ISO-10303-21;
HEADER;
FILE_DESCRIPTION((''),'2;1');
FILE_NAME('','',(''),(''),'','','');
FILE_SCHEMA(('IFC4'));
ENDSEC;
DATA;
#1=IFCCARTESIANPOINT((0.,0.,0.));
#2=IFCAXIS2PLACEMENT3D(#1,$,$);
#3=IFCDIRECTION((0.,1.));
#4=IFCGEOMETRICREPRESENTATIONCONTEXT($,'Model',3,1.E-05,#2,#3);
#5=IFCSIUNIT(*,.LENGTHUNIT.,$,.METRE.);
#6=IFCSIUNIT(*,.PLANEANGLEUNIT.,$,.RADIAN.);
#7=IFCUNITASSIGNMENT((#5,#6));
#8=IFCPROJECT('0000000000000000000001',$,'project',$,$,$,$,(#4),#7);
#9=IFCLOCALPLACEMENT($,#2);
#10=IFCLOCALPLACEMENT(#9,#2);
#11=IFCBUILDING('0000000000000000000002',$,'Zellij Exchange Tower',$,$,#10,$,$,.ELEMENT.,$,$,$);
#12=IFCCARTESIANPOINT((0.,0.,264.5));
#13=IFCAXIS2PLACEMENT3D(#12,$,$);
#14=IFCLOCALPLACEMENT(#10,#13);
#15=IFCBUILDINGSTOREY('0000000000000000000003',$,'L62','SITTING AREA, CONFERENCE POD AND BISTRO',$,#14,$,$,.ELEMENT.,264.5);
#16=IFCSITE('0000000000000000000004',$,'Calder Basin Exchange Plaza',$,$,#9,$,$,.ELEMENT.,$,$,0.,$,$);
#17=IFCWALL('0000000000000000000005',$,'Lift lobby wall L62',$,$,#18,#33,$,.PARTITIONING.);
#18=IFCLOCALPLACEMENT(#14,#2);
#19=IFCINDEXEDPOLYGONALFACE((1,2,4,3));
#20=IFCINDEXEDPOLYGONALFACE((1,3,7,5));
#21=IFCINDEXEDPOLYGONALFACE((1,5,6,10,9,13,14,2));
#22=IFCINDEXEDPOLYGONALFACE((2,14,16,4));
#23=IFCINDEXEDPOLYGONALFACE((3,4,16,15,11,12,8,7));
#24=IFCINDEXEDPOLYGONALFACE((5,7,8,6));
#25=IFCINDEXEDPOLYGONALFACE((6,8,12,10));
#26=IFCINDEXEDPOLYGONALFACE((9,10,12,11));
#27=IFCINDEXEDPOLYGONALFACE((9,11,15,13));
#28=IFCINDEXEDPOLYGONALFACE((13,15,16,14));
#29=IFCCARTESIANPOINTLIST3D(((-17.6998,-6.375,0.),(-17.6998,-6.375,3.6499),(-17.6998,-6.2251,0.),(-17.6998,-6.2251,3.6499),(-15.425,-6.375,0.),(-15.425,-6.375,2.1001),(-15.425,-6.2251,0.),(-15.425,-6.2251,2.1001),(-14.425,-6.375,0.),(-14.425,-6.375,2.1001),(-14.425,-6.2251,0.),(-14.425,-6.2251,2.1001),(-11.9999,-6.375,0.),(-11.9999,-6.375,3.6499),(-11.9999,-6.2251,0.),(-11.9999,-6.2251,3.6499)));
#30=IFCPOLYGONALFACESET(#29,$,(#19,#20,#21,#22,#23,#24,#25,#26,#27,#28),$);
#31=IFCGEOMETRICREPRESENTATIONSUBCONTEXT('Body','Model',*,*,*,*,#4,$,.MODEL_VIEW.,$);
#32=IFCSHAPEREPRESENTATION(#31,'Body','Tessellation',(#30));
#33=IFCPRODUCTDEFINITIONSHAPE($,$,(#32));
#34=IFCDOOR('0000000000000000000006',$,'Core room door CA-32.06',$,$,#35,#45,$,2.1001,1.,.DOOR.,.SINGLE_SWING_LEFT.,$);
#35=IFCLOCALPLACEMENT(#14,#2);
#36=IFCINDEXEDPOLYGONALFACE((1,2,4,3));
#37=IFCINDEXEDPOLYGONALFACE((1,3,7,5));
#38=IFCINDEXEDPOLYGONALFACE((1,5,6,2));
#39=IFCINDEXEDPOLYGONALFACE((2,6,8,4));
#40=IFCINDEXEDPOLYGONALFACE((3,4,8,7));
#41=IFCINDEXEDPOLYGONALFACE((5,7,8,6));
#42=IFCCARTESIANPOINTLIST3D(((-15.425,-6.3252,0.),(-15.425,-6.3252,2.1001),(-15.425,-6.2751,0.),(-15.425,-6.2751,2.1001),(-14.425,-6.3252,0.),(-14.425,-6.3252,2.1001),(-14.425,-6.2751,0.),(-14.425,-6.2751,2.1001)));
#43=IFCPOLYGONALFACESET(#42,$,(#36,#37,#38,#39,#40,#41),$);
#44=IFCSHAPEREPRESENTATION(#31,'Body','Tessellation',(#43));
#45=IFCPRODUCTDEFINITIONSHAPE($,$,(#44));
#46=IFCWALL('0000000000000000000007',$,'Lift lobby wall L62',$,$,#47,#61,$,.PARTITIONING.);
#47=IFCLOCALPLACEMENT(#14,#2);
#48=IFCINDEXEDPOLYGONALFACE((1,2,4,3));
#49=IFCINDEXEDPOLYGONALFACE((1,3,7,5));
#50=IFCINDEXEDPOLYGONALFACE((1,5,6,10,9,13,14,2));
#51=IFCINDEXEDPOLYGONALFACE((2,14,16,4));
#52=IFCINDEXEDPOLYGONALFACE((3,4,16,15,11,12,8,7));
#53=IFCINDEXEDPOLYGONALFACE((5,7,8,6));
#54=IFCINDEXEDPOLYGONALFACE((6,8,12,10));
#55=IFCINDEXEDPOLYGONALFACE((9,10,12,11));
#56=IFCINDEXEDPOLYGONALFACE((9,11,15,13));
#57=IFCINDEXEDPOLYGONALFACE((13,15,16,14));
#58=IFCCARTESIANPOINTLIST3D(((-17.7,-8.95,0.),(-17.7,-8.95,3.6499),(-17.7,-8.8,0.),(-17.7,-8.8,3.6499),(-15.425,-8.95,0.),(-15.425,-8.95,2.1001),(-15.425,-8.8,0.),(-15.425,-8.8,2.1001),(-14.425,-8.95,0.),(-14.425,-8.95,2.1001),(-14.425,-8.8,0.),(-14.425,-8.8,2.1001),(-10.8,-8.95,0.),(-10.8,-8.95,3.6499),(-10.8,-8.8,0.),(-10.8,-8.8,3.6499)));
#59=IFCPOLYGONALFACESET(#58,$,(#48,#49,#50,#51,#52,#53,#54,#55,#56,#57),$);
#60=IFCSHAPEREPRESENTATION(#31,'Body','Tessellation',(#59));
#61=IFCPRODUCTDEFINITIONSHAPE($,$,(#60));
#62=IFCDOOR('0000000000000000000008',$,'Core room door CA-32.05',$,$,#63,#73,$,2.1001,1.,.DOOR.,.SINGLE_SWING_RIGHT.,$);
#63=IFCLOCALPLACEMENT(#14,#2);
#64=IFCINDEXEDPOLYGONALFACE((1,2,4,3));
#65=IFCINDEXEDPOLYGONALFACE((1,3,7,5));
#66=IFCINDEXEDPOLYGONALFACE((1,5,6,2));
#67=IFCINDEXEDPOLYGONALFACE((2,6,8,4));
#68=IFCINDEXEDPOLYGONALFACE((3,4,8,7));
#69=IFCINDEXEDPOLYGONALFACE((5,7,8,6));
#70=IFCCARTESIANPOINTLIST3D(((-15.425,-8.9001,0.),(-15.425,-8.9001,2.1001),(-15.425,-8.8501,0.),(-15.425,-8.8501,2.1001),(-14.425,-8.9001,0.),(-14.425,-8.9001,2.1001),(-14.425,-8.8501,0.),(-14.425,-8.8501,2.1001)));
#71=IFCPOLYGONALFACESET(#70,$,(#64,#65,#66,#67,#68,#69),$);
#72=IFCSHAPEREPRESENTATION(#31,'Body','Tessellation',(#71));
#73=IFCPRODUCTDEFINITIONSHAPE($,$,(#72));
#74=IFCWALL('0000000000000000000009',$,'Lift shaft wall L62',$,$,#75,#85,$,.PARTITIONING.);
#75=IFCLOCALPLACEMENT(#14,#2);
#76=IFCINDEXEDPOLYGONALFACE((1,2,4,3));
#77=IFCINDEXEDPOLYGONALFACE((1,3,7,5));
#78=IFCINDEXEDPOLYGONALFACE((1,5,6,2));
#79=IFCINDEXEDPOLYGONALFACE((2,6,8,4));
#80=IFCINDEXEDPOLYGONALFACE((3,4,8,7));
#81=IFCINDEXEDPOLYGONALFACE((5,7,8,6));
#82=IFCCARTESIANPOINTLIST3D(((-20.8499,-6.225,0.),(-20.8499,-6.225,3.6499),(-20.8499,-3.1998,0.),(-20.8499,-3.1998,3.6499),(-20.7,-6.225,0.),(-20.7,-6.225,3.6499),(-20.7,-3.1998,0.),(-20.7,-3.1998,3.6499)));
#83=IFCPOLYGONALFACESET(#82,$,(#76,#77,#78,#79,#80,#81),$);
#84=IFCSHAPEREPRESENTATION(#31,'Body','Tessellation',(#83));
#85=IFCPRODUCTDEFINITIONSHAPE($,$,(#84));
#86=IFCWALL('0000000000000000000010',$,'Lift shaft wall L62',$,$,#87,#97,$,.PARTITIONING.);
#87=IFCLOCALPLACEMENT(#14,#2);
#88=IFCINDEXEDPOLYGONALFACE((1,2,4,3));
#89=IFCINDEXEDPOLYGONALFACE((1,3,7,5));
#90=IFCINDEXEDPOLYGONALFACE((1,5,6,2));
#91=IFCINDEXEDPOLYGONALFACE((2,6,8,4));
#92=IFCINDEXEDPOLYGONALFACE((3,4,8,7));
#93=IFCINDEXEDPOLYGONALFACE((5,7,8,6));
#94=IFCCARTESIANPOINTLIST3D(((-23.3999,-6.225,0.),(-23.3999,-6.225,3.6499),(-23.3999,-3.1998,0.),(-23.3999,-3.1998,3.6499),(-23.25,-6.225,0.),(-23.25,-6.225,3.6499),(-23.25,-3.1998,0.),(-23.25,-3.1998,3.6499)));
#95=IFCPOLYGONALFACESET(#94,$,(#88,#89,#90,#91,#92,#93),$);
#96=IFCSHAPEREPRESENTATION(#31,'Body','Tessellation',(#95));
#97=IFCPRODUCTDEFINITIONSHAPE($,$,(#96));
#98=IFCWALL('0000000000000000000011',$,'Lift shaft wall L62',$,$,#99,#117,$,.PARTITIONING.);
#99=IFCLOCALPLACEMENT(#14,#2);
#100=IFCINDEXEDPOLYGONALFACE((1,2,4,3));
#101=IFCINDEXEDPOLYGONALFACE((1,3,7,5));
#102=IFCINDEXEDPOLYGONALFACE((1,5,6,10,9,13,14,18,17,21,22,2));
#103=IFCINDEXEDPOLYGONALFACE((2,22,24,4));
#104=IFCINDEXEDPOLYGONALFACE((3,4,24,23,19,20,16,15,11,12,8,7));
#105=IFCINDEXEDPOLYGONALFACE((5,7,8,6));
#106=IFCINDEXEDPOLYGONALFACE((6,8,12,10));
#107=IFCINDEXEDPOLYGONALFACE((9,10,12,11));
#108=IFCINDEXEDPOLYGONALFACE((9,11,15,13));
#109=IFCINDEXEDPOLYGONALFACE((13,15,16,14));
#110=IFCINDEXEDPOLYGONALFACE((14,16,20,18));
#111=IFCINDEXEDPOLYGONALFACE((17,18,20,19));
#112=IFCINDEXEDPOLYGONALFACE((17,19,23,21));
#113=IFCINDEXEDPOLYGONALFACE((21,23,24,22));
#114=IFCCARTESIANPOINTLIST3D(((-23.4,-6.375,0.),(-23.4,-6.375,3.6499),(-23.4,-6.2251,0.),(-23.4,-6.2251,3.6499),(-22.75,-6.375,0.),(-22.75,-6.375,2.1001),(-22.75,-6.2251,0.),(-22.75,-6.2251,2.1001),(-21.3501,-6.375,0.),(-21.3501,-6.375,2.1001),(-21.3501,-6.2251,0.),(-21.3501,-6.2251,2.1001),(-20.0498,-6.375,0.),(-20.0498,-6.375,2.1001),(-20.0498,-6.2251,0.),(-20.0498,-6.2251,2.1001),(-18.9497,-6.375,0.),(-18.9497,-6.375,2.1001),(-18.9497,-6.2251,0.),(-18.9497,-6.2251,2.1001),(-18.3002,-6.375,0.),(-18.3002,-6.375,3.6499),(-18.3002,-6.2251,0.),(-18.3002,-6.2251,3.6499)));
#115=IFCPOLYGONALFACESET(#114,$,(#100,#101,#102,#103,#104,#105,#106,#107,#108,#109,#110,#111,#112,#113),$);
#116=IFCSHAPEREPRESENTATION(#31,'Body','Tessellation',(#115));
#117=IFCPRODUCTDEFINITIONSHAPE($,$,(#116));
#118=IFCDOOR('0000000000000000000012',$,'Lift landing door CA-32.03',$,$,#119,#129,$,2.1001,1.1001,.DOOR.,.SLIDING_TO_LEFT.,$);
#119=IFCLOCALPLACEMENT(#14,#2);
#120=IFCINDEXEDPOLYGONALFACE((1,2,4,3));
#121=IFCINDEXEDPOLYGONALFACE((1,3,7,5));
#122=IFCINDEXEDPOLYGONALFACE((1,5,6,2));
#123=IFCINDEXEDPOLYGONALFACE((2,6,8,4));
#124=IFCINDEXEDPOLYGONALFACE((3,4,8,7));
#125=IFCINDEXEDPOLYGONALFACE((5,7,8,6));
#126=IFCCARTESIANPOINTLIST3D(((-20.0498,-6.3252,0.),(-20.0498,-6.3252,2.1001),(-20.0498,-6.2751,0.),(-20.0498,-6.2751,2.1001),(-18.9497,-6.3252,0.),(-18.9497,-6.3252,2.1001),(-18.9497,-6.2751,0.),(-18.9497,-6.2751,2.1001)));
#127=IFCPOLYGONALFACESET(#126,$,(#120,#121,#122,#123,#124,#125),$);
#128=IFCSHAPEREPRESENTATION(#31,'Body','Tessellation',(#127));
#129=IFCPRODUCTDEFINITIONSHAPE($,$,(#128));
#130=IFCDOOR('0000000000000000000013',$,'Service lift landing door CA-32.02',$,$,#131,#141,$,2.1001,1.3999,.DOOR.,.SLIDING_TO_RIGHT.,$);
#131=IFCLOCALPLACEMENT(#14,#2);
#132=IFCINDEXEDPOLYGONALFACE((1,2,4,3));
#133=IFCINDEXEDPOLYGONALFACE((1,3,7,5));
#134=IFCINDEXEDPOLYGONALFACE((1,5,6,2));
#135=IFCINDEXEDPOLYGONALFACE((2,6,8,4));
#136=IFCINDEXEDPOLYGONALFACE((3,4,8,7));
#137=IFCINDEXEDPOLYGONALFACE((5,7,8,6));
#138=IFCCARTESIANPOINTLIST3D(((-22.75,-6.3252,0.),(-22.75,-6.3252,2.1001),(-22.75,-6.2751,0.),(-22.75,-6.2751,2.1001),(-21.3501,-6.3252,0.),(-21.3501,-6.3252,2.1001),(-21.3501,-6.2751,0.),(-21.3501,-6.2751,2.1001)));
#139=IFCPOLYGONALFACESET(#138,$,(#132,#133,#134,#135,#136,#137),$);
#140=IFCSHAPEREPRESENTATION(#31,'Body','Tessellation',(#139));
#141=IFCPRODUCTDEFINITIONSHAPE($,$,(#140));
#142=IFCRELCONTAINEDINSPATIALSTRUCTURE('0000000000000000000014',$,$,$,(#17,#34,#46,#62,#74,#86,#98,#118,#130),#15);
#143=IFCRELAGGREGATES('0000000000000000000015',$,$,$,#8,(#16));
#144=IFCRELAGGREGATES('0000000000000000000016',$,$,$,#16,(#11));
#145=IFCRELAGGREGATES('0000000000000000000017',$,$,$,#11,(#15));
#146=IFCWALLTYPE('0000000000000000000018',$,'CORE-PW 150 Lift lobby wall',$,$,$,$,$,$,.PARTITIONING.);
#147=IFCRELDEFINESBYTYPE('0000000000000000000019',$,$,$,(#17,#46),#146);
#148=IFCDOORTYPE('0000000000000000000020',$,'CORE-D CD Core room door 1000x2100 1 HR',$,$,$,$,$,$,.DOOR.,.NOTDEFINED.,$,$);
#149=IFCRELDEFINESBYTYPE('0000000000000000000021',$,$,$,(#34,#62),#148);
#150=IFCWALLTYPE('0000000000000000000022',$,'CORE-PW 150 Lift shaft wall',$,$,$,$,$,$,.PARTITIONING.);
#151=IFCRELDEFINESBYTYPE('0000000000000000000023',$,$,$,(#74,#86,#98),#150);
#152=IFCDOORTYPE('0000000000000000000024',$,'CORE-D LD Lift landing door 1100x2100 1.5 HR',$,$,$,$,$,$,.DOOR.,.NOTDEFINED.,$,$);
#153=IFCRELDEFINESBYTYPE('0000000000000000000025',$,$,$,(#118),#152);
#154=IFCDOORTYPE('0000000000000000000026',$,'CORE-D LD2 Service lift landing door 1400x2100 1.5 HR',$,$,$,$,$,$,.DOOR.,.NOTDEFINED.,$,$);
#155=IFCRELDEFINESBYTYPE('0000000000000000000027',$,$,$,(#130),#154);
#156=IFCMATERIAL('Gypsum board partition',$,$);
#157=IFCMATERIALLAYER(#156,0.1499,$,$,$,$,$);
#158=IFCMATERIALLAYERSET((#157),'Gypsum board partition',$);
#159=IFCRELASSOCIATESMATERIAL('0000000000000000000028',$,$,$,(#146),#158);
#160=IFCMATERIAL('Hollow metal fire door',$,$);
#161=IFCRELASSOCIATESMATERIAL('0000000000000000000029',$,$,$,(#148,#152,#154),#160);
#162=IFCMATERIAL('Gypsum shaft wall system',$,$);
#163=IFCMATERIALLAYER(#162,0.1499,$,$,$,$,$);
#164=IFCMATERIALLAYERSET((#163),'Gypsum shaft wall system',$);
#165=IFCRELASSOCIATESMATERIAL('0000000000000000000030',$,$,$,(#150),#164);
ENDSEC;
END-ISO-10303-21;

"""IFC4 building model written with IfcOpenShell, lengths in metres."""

from ifc_helpers import new_model, si_unit, direction, frame, frame_2d, origin, place, context, subcontext, project, spatial, rectangle, extrude, material, layer, layer_set, type_object, element, fill, save


model = new_model("IFC4")

# Units and contexts
model_context = context("Model", 3, precision=1e-05, world=origin(), true_north=direction((0.0, 1.0)))
body_context = subcontext(model_context, "Body", "Model", "MODEL_VIEW")
ifc_project = project(units=[si_unit("LENGTHUNIT", "METRE"), si_unit("PLANEANGLEUNIT", "RADIAN")], contexts=[model_context])

# Site, building, storey
site_placement = place(None, origin())
site = spatial("IfcSite", under=ifc_project, at=site_placement, Name="Calder Basin Exchange Plaza", CompositionType="ELEMENT", RefElevation=0.0)
building_placement = place(site_placement, origin())
building = spatial("IfcBuilding", under=site, at=building_placement, Name="Zellij Exchange Tower", CompositionType="ELEMENT")
storey_placement = place(building_placement, frame((0.0, 0.0, 264.5)))
storey = spatial("IfcBuildingStorey", under=building, at=storey_placement, Name="L62", Description="SITTING AREA, CONFERENCE POD AND BISTRO", CompositionType="ELEMENT", Elevation=264.5)

# Walls, openings, doors
ifc_material_1 = material(Name="Gypsum board partition")
ifc_layer_1 = layer(ifc_material_1, 0.1499)
ifc_layer_set_1 = layer_set([ifc_layer_1], Name="Gypsum board partition")
wall_type_1 = type_object("IfcWallType", Name="CORE-PW 150 Lift lobby wall", PredefinedType="PARTITIONING", material=ifc_layer_set_1)
wall_1_placement = place(storey_placement, frame((-17.7, -6.3, 0.0), z_axis=(0.0, 0.0, 1.0), x_axis=(1.0, 0.0, 0.0)))
wall_1 = element("IfcWall", 1, at=wall_1_placement, inside=storey, type_object=wall_type_1, Name="Lift lobby wall L62", PredefinedType="PARTITIONING", context=body_context, shape_type="SweptSolid", body=[
    extrude(rectangle(XDim=5.7, YDim=0.1499, at=frame_2d((2.8501, 0.0))), origin(), (0.0, 0.0, 1.0), 3.6499),
])
opening_1_placement = place(wall_1_placement, frame((2.2749, 0.0, 0.0)))
opening_1 = element("IfcOpeningElement", 2, at=opening_1_placement, cuts=wall_1, PredefinedType="OPENING", context=body_context, shape_type="SweptSolid", body=[
    extrude(rectangle(XDim=1.0, YDim=2.1001, at=frame_2d((0.5, 1.05))), frame((0.0, 0.0869, 0.0), z_axis=(0.0, -1.0, 0.0), x_axis=(1.0, 0.0, 0.0)), (0.0, 0.0, 1.0), 0.1738),
])
ifc_material_2 = material(Name="Hollow metal fire door")
door_type_1 = type_object("IfcDoorType", Name="CORE-D CD Core room door 1000x2100 1 HR", OperationType="NOTDEFINED", PredefinedType="DOOR", material=ifc_material_2)
door_1_placement = place(opening_1_placement, origin())
door_1 = element("IfcDoor", 3, at=door_1_placement, inside=storey, type_object=door_type_1, Name="Core room door CA-32.06", OperationType="SINGLE_SWING_LEFT", OverallHeight=2.1001, OverallWidth=1.0, PredefinedType="DOOR", context=body_context, shape_type="SweptSolid", body=[
    extrude(rectangle(XDim=1.0, YDim=2.1001, at=frame_2d((0.5, 1.05))), frame((0.0, 0.0249, 0.0), z_axis=(0.0, -1.0, 0.0), x_axis=(1.0, 0.0, 0.0)), (0.0, 0.0, 1.0), 0.05),
])
fill(opening_1, door_1)
wall_2_placement = place(storey_placement, frame((-17.7, -8.875, 0.0), z_axis=(0.0, 0.0, 1.0), x_axis=(1.0, 0.0, 0.0)))
wall_2 = element("IfcWall", 4, at=wall_2_placement, inside=storey, type_object=wall_type_1, Name="Lift lobby wall L62", PredefinedType="PARTITIONING", context=body_context, shape_type="SweptSolid", body=[
    extrude(rectangle(XDim=6.8999, YDim=0.1499, at=frame_2d((3.45, 0.0))), origin(), (0.0, 0.0, 1.0), 3.6499),
])
opening_2_placement = place(wall_2_placement, frame((2.2749, 0.0, 0.0)))
opening_2 = element("IfcOpeningElement", 5, at=opening_2_placement, cuts=wall_2, PredefinedType="OPENING", context=body_context, shape_type="SweptSolid", body=[
    extrude(rectangle(XDim=1.0, YDim=2.1001, at=frame_2d((0.5, 1.05))), frame((0.0, 0.0869, 0.0), z_axis=(0.0, -1.0, 0.0), x_axis=(1.0, 0.0, 0.0)), (0.0, 0.0, 1.0), 0.1738),
])
door_2_placement = place(opening_2_placement, origin())
door_2 = element("IfcDoor", 6, at=door_2_placement, inside=storey, type_object=door_type_1, Name="Core room door CA-32.05", OperationType="SINGLE_SWING_RIGHT", OverallHeight=2.1001, OverallWidth=1.0, PredefinedType="DOOR", context=body_context, shape_type="SweptSolid", body=[
    extrude(rectangle(XDim=1.0, YDim=2.1001, at=frame_2d((0.5, 1.05))), frame((0.0, 0.0249, 0.0), z_axis=(0.0, -1.0, 0.0), x_axis=(1.0, 0.0, 0.0)), (0.0, 0.0, 1.0), 0.05),
])
fill(opening_2, door_2)

# Walls
ifc_material_3 = material(Name="Gypsum shaft wall system")
ifc_layer_2 = layer(ifc_material_3, 0.1499)
ifc_layer_set_2 = layer_set([ifc_layer_2], Name="Gypsum shaft wall system")
wall_type_2 = type_object("IfcWallType", Name="CORE-PW 150 Lift shaft wall", PredefinedType="PARTITIONING", material=ifc_layer_set_2)
for number, where, z_axis, x_axis, name in (
    (7, (-20.7749, -6.2251, 0.0), (0.0, 0.0, 1.0), (0.0, 1.0, 0.0), "Lift shaft wall L62"),
    (8, (-23.325, -6.2251, 0.0), (0.0, 0.0, 1.0), (0.0, 1.0, 0.0), "Lift shaft wall L62"),
):
    element("IfcWall", number, at=place(storey_placement, frame(where, z_axis=z_axis, x_axis=x_axis)), inside=storey, type_object=wall_type_2, Name=name, PredefinedType="PARTITIONING", context=body_context, shape_type="SweptSolid", body=[
        extrude(rectangle(XDim=3.0251, YDim=0.1499, at=frame_2d((1.5127, 0.0))), origin(), (0.0, 0.0, 1.0), 3.6499),
    ])

# Wall, openings, doors
wall_3_placement = place(storey_placement, frame((-23.3999, -6.3, 0.0), z_axis=(0.0, 0.0, 1.0), x_axis=(1.0, 0.0, 0.0)))
wall_3 = element("IfcWall", 9, at=wall_3_placement, inside=storey, type_object=wall_type_2, Name="Lift shaft wall L62", PredefinedType="PARTITIONING", context=body_context, shape_type="SweptSolid", body=[
    extrude(rectangle(XDim=5.0999, YDim=0.1499, at=frame_2d((2.5498, 0.0))), origin(), (0.0, 0.0, 1.0), 3.6499),
])
opening_3_placement = place(wall_3_placement, frame((0.6499, 0.0, 0.0)))
opening_3 = element("IfcOpeningElement", 10, at=opening_3_placement, cuts=wall_3, PredefinedType="OPENING", context=body_context, shape_type="SweptSolid", body=[
    extrude(rectangle(XDim=1.3999, YDim=2.1001, at=frame_2d((0.7, 1.05))), frame((0.0, 0.0869, 0.0), z_axis=(0.0, -1.0, 0.0), x_axis=(1.0, 0.0, 0.0)), (0.0, 0.0, 1.0), 0.1738),
])
opening_4_placement = place(wall_3_placement, frame((3.3501, 0.0, 0.0)))
opening_4 = element("IfcOpeningElement", 11, at=opening_4_placement, cuts=wall_3, PredefinedType="OPENING", context=body_context, shape_type="SweptSolid", body=[
    extrude(rectangle(XDim=1.1001, YDim=2.1001, at=frame_2d((0.55, 1.05))), frame((0.0, 0.0869, 0.0), z_axis=(0.0, -1.0, 0.0), x_axis=(1.0, 0.0, 0.0)), (0.0, 0.0, 1.0), 0.1738),
])
door_type_2 = type_object("IfcDoorType", Name="CORE-D LD Lift landing door 1100x2100 1.5 HR", OperationType="NOTDEFINED", PredefinedType="DOOR", material=ifc_material_2)
door_3_placement = place(opening_4_placement, origin())
door_3 = element("IfcDoor", 12, at=door_3_placement, inside=storey, type_object=door_type_2, Name="Lift landing door CA-32.03", OperationType="SLIDING_TO_LEFT", OverallHeight=2.1001, OverallWidth=1.1001, PredefinedType="DOOR", context=body_context, shape_type="SweptSolid", body=[
    extrude(rectangle(XDim=1.1001, YDim=2.1001, at=frame_2d((0.55, 1.05))), frame((0.0, 0.0249, 0.0), z_axis=(0.0, -1.0, 0.0), x_axis=(1.0, 0.0, 0.0)), (0.0, 0.0, 1.0), 0.05),
])
fill(opening_4, door_3)
door_type_3 = type_object("IfcDoorType", Name="CORE-D LD2 Service lift landing door 1400x2100 1.5 HR", OperationType="NOTDEFINED", PredefinedType="DOOR", material=ifc_material_2)
door_4_placement = place(opening_3_placement, origin())
door_4 = element("IfcDoor", 13, at=door_4_placement, inside=storey, type_object=door_type_3, Name="Service lift landing door CA-32.02", OperationType="SLIDING_TO_RIGHT", OverallHeight=2.1001, OverallWidth=1.3999, PredefinedType="DOOR", context=body_context, shape_type="SweptSolid", body=[
    extrude(rectangle(XDim=1.3999, YDim=2.1001, at=frame_2d((0.7, 1.05))), frame((0.0, 0.0249, 0.0), z_axis=(0.0, -1.0, 0.0), x_axis=(1.0, 0.0, 0.0)), (0.0, 0.0, 1.0), 0.05),
])
fill(opening_3, door_4)

save(model, "model.ifc")
